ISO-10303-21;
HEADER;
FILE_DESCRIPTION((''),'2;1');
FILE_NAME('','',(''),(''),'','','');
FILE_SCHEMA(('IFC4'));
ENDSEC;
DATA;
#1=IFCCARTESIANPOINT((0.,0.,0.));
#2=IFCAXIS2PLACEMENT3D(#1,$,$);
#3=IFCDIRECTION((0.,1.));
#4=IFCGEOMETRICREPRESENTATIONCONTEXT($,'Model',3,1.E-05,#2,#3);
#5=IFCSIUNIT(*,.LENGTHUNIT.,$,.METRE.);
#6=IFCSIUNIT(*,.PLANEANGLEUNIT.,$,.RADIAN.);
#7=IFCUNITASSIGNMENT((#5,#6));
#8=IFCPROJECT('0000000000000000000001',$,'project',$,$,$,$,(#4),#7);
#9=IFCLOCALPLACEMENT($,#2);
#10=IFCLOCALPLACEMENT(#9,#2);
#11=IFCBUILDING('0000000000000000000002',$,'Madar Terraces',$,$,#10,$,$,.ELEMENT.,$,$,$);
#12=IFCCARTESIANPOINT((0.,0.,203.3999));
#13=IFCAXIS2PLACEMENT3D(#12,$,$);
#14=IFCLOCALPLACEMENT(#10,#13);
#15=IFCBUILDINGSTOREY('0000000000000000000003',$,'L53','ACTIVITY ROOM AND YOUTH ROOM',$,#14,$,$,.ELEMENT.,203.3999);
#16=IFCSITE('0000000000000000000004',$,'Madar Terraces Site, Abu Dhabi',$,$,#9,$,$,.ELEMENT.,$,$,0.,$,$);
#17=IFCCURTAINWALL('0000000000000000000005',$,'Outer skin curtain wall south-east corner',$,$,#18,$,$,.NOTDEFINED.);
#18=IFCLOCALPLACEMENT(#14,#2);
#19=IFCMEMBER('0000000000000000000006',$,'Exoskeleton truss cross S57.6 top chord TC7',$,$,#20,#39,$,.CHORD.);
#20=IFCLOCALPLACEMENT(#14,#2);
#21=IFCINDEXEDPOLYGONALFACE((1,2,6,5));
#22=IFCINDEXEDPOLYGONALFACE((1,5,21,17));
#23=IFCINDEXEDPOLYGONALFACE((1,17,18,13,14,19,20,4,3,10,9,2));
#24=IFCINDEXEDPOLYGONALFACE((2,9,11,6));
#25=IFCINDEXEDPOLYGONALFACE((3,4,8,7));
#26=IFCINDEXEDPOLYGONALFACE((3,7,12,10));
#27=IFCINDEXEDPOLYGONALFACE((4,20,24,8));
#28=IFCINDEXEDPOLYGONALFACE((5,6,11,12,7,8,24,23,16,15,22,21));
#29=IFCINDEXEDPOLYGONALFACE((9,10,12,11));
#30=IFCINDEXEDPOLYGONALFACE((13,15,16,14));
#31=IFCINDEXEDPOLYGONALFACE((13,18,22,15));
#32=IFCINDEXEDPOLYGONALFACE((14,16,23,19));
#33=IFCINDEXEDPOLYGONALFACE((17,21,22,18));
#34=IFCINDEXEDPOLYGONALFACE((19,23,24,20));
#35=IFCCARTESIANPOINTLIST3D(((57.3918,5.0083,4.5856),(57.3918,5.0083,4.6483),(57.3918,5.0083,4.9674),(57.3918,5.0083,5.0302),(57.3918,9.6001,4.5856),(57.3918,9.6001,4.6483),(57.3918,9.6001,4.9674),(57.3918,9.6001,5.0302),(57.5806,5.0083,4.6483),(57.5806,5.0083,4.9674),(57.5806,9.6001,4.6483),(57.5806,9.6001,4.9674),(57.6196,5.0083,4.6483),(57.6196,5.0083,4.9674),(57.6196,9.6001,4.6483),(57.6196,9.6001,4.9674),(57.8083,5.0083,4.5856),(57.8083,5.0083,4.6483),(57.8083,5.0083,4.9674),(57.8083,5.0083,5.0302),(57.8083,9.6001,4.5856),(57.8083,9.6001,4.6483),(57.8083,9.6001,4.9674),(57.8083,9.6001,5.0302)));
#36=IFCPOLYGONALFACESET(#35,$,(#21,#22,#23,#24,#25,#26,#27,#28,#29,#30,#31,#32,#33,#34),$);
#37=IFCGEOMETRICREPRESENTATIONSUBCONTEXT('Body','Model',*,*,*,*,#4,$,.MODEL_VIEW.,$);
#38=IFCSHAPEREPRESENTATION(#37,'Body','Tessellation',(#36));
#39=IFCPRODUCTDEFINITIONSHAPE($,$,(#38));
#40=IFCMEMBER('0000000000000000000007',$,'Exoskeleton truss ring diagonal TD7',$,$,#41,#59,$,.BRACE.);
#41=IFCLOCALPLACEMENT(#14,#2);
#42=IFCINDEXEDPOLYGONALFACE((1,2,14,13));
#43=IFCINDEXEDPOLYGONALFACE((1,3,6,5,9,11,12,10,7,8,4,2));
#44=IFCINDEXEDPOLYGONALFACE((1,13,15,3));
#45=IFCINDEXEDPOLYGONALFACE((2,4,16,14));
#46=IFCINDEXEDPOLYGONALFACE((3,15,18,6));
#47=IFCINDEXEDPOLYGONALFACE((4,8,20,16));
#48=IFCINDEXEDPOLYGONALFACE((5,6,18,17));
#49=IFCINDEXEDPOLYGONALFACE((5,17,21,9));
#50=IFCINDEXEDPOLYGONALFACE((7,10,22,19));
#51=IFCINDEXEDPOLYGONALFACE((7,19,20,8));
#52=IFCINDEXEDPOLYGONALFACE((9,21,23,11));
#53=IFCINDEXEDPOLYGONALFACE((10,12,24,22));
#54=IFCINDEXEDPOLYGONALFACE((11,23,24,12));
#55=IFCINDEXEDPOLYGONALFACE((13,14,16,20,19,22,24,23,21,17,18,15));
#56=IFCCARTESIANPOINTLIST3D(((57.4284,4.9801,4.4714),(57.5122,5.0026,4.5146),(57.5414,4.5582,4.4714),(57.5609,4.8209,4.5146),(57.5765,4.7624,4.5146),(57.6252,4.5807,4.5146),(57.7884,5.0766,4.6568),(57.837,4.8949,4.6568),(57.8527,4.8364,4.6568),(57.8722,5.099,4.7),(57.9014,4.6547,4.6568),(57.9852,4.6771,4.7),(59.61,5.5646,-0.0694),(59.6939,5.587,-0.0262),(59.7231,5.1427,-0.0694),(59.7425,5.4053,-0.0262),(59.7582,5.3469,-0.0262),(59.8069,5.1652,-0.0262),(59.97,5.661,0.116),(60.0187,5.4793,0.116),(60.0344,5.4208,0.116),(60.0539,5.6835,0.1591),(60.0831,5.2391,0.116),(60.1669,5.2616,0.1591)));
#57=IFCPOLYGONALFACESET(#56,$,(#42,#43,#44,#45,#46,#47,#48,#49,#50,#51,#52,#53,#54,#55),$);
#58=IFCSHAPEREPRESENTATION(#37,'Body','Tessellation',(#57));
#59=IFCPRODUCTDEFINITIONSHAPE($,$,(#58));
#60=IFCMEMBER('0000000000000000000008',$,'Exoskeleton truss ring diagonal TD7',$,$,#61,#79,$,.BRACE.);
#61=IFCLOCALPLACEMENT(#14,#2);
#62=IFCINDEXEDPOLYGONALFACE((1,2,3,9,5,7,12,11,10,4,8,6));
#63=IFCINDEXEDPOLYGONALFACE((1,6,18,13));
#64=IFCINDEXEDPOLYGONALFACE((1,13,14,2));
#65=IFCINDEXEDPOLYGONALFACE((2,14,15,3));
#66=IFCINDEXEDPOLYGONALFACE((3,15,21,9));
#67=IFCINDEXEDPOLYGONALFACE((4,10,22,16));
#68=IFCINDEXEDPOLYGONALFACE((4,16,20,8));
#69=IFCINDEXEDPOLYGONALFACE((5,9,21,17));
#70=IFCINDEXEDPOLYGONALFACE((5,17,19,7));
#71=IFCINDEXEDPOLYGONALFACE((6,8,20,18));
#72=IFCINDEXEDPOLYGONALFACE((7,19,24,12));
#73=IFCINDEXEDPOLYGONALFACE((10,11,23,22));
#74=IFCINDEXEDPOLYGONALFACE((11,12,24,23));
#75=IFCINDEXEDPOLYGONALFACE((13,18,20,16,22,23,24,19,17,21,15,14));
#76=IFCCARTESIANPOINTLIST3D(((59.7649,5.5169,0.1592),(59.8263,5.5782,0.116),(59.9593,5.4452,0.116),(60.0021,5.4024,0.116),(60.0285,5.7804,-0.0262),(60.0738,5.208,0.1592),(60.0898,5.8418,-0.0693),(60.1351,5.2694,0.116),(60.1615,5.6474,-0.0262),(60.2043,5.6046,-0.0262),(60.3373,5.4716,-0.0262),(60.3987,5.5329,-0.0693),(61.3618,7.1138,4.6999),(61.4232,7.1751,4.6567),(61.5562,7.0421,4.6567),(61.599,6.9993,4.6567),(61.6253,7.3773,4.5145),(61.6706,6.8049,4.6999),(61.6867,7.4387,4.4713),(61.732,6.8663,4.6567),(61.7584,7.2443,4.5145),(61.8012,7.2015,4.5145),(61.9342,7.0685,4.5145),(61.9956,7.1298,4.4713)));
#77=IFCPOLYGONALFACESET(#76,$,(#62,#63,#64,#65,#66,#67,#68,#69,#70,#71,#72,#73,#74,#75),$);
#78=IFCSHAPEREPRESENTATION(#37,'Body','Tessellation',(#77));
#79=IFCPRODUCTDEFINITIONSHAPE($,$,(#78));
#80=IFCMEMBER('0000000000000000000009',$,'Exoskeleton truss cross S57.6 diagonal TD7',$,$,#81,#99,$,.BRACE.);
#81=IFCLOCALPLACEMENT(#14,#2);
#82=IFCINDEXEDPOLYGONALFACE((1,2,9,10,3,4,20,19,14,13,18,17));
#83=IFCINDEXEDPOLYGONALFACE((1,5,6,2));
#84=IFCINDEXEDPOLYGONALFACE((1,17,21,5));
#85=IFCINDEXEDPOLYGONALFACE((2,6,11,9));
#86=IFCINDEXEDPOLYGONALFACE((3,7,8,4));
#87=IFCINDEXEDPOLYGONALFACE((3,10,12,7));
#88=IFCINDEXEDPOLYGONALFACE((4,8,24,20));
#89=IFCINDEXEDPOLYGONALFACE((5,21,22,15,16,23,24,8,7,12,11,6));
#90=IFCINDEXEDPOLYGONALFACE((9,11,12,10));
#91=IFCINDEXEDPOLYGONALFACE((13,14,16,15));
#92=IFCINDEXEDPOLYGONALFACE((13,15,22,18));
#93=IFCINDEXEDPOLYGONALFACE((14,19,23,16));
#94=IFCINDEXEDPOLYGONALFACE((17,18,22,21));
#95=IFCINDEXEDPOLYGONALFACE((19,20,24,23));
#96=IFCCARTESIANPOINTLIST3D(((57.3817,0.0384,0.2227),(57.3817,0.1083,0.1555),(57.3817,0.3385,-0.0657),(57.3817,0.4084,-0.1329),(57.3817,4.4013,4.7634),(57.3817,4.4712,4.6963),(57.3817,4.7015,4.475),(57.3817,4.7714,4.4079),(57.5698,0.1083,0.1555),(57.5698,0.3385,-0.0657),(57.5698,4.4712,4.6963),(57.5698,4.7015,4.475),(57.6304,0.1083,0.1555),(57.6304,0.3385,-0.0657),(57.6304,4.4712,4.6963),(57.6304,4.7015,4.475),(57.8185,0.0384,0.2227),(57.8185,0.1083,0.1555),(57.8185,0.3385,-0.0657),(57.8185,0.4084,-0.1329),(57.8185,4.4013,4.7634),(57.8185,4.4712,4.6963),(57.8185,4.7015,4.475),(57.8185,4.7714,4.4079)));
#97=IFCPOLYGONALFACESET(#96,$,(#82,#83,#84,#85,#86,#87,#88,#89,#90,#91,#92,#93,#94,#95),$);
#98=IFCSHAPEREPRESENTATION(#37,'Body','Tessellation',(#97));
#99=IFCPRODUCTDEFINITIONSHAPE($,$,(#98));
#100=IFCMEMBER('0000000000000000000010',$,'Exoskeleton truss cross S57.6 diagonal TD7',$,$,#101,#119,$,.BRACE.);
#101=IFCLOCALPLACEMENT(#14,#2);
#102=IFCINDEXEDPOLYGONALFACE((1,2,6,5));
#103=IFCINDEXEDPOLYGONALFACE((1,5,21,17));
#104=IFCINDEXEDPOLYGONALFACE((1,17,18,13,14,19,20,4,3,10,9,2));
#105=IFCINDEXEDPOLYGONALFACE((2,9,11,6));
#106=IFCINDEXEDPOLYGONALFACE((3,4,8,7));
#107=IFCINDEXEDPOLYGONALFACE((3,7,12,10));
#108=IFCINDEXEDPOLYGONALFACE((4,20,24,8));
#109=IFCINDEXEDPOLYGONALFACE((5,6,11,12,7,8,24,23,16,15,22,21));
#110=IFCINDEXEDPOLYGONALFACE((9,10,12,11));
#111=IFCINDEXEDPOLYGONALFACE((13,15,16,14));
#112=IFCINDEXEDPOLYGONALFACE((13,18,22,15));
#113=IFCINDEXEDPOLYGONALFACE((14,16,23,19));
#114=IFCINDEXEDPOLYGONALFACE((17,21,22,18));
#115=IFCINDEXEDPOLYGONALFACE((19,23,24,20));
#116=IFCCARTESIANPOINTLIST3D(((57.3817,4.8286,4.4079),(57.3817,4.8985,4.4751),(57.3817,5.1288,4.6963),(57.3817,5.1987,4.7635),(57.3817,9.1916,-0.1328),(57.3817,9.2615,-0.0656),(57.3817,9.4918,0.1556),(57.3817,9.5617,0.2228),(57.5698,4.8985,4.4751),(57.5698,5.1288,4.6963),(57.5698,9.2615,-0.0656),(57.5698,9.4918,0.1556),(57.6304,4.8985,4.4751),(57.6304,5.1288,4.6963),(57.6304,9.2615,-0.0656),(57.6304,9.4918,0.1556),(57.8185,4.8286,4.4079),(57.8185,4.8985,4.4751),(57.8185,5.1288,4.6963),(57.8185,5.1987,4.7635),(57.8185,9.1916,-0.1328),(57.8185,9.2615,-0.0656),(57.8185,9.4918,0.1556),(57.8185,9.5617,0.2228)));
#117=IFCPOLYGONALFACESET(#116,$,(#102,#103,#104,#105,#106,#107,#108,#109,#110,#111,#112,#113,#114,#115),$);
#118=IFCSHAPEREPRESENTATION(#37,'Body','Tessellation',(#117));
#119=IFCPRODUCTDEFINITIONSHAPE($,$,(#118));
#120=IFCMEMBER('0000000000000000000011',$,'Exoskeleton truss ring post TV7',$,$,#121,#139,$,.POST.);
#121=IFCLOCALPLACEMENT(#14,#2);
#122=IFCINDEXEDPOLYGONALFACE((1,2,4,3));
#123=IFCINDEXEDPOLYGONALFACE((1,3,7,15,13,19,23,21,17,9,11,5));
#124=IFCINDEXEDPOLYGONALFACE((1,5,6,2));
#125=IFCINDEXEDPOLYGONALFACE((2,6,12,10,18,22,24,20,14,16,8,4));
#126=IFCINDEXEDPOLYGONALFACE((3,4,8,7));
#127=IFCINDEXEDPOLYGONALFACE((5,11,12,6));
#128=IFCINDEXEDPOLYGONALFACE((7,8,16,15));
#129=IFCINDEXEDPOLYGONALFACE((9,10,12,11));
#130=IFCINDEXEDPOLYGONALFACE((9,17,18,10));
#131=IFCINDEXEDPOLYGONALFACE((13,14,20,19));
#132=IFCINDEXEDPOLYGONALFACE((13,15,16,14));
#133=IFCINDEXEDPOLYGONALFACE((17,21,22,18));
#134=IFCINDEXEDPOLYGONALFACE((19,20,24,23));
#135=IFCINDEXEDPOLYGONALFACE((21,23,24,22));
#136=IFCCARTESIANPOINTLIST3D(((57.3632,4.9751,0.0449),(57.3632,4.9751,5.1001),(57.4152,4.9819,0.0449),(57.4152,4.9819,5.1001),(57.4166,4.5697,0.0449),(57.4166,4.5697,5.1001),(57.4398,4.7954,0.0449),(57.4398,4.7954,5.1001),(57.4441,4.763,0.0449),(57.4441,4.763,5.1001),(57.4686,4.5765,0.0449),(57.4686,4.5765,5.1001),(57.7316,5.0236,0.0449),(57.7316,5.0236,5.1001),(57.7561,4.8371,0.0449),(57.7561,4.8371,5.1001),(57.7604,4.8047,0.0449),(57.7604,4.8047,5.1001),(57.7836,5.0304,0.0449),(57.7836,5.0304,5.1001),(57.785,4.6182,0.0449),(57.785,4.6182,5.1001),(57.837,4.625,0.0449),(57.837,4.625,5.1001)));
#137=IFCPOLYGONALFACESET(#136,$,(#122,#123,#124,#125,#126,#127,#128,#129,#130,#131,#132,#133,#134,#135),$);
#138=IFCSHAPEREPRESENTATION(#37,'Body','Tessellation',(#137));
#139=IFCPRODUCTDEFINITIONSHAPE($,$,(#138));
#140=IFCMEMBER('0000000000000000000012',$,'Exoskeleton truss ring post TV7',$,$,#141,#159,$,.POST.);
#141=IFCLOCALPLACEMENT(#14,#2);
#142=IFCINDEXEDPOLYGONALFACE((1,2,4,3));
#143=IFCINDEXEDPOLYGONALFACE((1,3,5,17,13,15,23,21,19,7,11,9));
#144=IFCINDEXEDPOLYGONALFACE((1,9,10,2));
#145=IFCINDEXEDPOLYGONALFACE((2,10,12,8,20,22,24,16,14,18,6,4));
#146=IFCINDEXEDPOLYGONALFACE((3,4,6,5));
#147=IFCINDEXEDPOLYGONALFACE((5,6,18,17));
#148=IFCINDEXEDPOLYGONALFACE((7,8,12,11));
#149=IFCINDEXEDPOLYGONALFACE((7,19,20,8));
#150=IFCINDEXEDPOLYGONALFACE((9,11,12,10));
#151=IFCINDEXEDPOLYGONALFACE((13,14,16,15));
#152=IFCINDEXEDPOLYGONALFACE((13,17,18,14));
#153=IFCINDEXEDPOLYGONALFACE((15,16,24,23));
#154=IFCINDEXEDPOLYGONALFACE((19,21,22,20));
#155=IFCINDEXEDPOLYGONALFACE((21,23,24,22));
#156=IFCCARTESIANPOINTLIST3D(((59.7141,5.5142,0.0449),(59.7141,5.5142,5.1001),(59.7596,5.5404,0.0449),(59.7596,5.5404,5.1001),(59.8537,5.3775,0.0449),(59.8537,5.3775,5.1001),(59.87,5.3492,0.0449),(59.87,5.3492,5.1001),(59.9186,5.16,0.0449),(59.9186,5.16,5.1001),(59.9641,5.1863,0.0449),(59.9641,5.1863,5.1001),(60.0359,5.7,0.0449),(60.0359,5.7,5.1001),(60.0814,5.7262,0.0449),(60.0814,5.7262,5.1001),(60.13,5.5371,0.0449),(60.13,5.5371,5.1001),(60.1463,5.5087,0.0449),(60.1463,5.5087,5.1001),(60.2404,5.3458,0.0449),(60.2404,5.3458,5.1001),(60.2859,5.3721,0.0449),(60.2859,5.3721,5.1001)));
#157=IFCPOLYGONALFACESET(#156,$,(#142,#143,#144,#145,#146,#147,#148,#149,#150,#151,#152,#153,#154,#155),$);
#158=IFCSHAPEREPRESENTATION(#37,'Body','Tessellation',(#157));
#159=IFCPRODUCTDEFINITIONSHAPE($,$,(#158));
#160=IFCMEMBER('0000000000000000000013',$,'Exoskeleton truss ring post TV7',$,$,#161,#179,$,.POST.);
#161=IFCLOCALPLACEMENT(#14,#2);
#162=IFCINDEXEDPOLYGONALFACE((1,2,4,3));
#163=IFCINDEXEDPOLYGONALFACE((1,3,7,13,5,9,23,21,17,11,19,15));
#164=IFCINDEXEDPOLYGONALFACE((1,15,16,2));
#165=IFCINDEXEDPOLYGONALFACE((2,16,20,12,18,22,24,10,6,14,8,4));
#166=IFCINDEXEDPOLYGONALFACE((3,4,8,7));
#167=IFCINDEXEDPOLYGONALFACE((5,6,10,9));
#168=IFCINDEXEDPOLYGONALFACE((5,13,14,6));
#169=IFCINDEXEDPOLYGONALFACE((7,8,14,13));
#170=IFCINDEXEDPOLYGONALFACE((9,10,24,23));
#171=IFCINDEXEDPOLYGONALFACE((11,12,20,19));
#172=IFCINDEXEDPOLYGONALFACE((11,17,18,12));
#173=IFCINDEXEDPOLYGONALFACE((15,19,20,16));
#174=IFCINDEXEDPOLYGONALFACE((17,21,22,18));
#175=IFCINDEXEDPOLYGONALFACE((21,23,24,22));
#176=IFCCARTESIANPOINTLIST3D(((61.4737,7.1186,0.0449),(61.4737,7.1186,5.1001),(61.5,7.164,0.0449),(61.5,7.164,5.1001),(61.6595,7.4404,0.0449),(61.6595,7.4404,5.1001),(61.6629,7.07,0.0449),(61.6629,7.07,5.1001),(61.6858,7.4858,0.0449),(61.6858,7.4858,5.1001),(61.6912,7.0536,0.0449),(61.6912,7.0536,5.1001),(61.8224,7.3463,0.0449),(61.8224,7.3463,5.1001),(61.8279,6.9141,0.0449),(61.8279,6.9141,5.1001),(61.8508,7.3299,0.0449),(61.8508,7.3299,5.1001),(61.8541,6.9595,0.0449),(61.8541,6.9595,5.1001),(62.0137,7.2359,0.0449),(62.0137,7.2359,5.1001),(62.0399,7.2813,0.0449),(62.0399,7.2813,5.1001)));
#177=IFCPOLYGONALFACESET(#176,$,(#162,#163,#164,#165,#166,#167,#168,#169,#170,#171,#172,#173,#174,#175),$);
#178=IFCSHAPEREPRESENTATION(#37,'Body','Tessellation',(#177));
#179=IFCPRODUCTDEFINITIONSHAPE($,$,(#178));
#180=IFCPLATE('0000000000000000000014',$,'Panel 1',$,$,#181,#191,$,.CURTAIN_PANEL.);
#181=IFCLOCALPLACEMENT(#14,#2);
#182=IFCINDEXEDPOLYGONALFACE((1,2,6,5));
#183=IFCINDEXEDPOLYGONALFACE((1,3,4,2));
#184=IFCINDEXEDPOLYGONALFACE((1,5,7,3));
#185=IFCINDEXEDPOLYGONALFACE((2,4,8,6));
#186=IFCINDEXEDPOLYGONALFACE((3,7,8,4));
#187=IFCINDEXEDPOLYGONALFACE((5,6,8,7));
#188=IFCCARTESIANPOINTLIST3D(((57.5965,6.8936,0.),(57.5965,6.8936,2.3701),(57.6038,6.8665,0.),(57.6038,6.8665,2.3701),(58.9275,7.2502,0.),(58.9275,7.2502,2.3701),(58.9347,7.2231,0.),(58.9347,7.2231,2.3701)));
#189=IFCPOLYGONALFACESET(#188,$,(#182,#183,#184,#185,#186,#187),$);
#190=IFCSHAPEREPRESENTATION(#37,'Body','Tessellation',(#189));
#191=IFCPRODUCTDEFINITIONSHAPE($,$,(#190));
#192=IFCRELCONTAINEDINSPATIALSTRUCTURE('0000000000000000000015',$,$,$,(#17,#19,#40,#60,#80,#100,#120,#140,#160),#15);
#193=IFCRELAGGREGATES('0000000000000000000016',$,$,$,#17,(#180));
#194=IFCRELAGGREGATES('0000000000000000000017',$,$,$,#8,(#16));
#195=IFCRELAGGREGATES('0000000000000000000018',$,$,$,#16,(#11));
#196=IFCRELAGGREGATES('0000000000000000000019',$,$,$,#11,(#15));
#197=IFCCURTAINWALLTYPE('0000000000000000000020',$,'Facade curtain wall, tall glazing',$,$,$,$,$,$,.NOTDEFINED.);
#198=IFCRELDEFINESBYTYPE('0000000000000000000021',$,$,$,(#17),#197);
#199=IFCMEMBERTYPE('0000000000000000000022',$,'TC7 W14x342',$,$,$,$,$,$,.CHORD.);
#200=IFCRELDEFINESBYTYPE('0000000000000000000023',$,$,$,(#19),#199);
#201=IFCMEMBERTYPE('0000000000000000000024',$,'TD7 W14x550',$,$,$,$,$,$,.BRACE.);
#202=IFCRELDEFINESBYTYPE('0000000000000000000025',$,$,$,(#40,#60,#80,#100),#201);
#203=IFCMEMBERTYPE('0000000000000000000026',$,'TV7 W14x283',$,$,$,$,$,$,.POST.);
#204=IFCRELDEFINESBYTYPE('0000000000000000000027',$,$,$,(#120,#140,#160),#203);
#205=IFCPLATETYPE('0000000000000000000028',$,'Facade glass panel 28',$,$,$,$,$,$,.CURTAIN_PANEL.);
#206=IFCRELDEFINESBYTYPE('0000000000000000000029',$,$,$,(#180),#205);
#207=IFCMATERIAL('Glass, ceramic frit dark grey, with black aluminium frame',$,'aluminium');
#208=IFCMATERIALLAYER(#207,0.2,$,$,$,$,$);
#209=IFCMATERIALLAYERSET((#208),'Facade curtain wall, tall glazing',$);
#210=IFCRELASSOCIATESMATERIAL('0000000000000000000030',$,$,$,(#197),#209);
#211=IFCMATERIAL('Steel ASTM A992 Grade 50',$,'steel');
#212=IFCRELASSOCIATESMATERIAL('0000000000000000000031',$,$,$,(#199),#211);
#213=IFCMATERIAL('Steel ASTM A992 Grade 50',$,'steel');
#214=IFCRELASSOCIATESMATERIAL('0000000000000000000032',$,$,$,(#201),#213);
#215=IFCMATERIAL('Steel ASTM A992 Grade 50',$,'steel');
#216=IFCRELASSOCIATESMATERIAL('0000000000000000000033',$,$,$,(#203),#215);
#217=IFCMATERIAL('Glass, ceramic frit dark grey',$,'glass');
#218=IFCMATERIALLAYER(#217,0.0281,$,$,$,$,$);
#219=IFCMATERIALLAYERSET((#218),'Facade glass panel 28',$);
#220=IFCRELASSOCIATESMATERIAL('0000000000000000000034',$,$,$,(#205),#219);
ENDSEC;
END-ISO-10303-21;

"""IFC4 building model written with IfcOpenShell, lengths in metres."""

from ifc_helpers import new_model, si_unit, direction, frame, origin, origin_2d, place, context, subcontext, project, spatial, rectangle, i_section, extrude, material, layer, layer_set, material_profile, profile_set, type_object, element, aggregate, save


model = new_model("IFC4")

# Units and contexts
model_context = context("Model", 3, precision=1e-05, world=origin(), true_north=direction((0.0, 1.0)))
body_context = subcontext(model_context, "Body", "Model", "MODEL_VIEW")
ifc_project = project(units=[si_unit("LENGTHUNIT", "METRE"), si_unit("PLANEANGLEUNIT", "RADIAN")], contexts=[model_context])

# Site, building, storey
site_placement = place(None, origin())
site = spatial("IfcSite", under=ifc_project, at=site_placement, Name="Madar Terraces Site, Abu Dhabi", CompositionType="ELEMENT", RefElevation=0.0)
building_placement = place(site_placement, origin())
building = spatial("IfcBuilding", under=site, at=building_placement, Name="Madar Terraces", CompositionType="ELEMENT")
storey_placement = place(building_placement, frame((0.0, 0.0, 203.3999)))
storey = spatial("IfcBuildingStorey", under=building, at=storey_placement, Name="L53", Description="ACTIVITY ROOM AND YOUTH ROOM", CompositionType="ELEMENT", Elevation=203.3999)

# Curtain wall
ifc_material_1 = material(Name="Glass, ceramic frit dark grey, with black aluminium frame", Category="aluminium")
ifc_layer_1 = layer(ifc_material_1, 0.2)
ifc_layer_set_1 = layer_set([ifc_layer_1], Name="Facade curtain wall, tall glazing")
curtain_wall_type = type_object("IfcCurtainWallType", Name="Facade curtain wall, tall glazing", PredefinedType="NOTDEFINED", material=ifc_layer_set_1)
curtain_wall_placement = place(storey_placement, origin())
curtain_wall = element("IfcCurtainWall", 1, at=curtain_wall_placement, inside=storey, type_object=curtain_wall_type, Name="Outer skin curtain wall south-east corner", PredefinedType="NOTDEFINED")

# Members
ifc_material_2 = material(Name="Steel ASTM A992 Grade 50", Category="steel")
ifc_material_profile_1 = material_profile(ifc_material_2, i_section(OverallWidth=0.4165, OverallDepth=0.4446, WebThickness=0.0391, FlangeThickness=0.0627, at=origin_2d()), Name="W14x342")
ifc_profile_set_1 = profile_set([ifc_material_profile_1], Name="Steel ASTM A992 Grade 50")
member_type_1 = type_object("IfcMemberType", Name="TC7 W14x342", PredefinedType="CHORD", material=ifc_profile_set_1)
member_1_placement = place(storey_placement, frame((57.6001, 5.0083, 4.8079), z_axis=(0.0, 1.0, 0.0), x_axis=(-1.0, 0.0, 0.0)))
element("IfcMember", 2, at=member_1_placement, inside=storey, type_object=member_type_1, Name="Exoskeleton truss cross S57.6 top chord TC7", PredefinedType="CHORD", context=body_context, shape_type="SweptSolid", body=[
    extrude(i_section(OverallWidth=0.4165, OverallDepth=0.4446, WebThickness=0.0391, FlangeThickness=0.0627, at=origin_2d()), origin(), (0.0, 0.0, 1.0), 4.5918),
])
ifc_material_3 = material(Name="Steel ASTM A992 Grade 50", Category="steel")
ifc_material_profile_2 = material_profile(ifc_material_3, i_section(OverallWidth=0.4368, OverallDepth=0.5132, WebThickness=0.0605, FlangeThickness=0.0969, at=origin_2d()), Name="W14x550")
ifc_profile_set_2 = profile_set([ifc_material_profile_2], Name="Steel ASTM A992 Grade 50")
member_type_2 = type_object("IfcMemberType", Name="TD7 W14x550", PredefinedType="BRACE", material=ifc_profile_set_2)
member_2_placement = place(storey_placement, frame((57.7068, 4.8286, 4.5857), z_axis=(0.430179, 0.115247, -0.895357), x_axis=(-0.258779, 0.965936, 0.0)))
element("IfcMember", 3, at=member_2_placement, inside=storey, type_object=member_type_2, Name="Exoskeleton truss ring diagonal TD7", PredefinedType="BRACE", context=body_context, shape_type="SweptSolid", body=[
    extrude(i_section(OverallWidth=0.4368, OverallDepth=0.5132, WebThickness=0.0605, FlangeThickness=0.0969, at=origin_2d()), origin(), (0.0, 0.0, 1.0), 5.0715),
])
member_3_placement = place(storey_placement, frame((60.0818, 5.5249, 0.0449), z_axis=(0.314889, 0.314889, 0.895371), x_axis=(-0.707107, 0.707107, 0.0)))
element("IfcMember", 4, at=member_3_placement, inside=storey, type_object=member_type_2, Name="Exoskeleton truss ring diagonal TD7", PredefinedType="BRACE", context=body_context, shape_type="SweptSolid", body=[
    extrude(i_section(OverallWidth=0.4368, OverallDepth=0.5132, WebThickness=0.0605, FlangeThickness=0.0969, at=origin_2d()), origin(), (0.0, 0.0, 1.0), 5.0713),
])
for number, where, z_axis, x_axis, name in (
    (5, (57.6001, 0.2234, 0.0449), (0.0, 0.692854, 0.721078), (-1.0, 0.0, 0.0), "Exoskeleton truss cross S57.6 diagonal TD7"),
    (6, (57.6001, 5.0137, 4.5857), (0.0, 0.692854, -0.721078), (-1.0, 0.0, 0.0), "Exoskeleton truss cross S57.6 diagonal TD7"),
):
    element("IfcMember", number, at=place(storey_placement, frame(where, z_axis=z_axis, x_axis=x_axis)), inside=storey, type_object=member_type_2, Name=name, PredefinedType="BRACE", context=body_context, shape_type="SweptSolid", body=[
        extrude(i_section(OverallWidth=0.4368, OverallDepth=0.5132, WebThickness=0.0605, FlangeThickness=0.0969, at=origin_2d()), origin(), (0.0, 0.0, 1.0), 6.2971),
    ])
ifc_material_4 = material(Name="Steel ASTM A992 Grade 50", Category="steel")
ifc_material_profile_3 = material_profile(ifc_material_4, i_section(OverallWidth=0.4089, OverallDepth=0.4241, WebThickness=0.0327, FlangeThickness=0.0525, at=origin_2d()), Name="W14x283")
ifc_profile_set_3 = profile_set([ifc_material_profile_3], Name="Steel ASTM A992 Grade 50")
member_type_3 = type_object("IfcMemberType", Name="TV7 W14x283", PredefinedType="POST", material=ifc_profile_set_3)
for number, where, z_axis, x_axis, name in (
    (7, (57.6001, 4.8, 0.0449), (0.0, 0.0, 1.0), (-0.130526, 0.991445, 0.0), "Exoskeleton truss ring post TV7"),
    (8, (60.0, 5.4431, 0.0449), (0.0, 0.0, 1.0), (-0.5, 0.866025, 0.0), "Exoskeleton truss ring post TV7"),
    (9, (61.7568, 7.2, 0.0449), (0.0, 0.0, 1.0), (-0.866025, 0.5, 0.0), "Exoskeleton truss ring post TV7"),
):
    element("IfcMember", number, at=place(storey_placement, frame(where, z_axis=z_axis, x_axis=x_axis)), inside=storey, type_object=member_type_3, Name=name, PredefinedType="POST", context=body_context, shape_type="SweptSolid", body=[
        extrude(i_section(OverallWidth=0.4089, OverallDepth=0.4241, WebThickness=0.0327, FlangeThickness=0.0525, at=origin_2d()), origin(), (0.0, 0.0, 1.0), 5.0552),
    ])

# Plate
ifc_material_5 = material(Name="Glass, ceramic frit dark grey", Category="glass")
ifc_layer_2 = layer(ifc_material_5, 0.0281)
ifc_layer_set_2 = layer_set([ifc_layer_2], Name="Facade glass panel 28")
plate_type = type_object("IfcPlateType", Name="Facade glass panel 28", PredefinedType="CURTAIN_PANEL", material=ifc_layer_set_2)
plate_1_placement = place(storey_placement, frame((58.2656, 7.0583, 0.0), z_axis=(0.0, 0.0, 1.0), x_axis=(0.965926, 0.258819, 0.0)))
plate_1 = element("IfcPlate", 10, at=plate_1_placement, type_object=plate_type, Name="Panel 1", PredefinedType="CURTAIN_PANEL", context=body_context, shape_type="SweptSolid", body=[
    extrude(rectangle(XDim=1.3779, YDim=0.0281, at=origin_2d()), origin(), (0.0, 0.0, 1.0), 2.3701),
])
aggregate(curtain_wall, [plate_1])

save(model, "model.ifc")
